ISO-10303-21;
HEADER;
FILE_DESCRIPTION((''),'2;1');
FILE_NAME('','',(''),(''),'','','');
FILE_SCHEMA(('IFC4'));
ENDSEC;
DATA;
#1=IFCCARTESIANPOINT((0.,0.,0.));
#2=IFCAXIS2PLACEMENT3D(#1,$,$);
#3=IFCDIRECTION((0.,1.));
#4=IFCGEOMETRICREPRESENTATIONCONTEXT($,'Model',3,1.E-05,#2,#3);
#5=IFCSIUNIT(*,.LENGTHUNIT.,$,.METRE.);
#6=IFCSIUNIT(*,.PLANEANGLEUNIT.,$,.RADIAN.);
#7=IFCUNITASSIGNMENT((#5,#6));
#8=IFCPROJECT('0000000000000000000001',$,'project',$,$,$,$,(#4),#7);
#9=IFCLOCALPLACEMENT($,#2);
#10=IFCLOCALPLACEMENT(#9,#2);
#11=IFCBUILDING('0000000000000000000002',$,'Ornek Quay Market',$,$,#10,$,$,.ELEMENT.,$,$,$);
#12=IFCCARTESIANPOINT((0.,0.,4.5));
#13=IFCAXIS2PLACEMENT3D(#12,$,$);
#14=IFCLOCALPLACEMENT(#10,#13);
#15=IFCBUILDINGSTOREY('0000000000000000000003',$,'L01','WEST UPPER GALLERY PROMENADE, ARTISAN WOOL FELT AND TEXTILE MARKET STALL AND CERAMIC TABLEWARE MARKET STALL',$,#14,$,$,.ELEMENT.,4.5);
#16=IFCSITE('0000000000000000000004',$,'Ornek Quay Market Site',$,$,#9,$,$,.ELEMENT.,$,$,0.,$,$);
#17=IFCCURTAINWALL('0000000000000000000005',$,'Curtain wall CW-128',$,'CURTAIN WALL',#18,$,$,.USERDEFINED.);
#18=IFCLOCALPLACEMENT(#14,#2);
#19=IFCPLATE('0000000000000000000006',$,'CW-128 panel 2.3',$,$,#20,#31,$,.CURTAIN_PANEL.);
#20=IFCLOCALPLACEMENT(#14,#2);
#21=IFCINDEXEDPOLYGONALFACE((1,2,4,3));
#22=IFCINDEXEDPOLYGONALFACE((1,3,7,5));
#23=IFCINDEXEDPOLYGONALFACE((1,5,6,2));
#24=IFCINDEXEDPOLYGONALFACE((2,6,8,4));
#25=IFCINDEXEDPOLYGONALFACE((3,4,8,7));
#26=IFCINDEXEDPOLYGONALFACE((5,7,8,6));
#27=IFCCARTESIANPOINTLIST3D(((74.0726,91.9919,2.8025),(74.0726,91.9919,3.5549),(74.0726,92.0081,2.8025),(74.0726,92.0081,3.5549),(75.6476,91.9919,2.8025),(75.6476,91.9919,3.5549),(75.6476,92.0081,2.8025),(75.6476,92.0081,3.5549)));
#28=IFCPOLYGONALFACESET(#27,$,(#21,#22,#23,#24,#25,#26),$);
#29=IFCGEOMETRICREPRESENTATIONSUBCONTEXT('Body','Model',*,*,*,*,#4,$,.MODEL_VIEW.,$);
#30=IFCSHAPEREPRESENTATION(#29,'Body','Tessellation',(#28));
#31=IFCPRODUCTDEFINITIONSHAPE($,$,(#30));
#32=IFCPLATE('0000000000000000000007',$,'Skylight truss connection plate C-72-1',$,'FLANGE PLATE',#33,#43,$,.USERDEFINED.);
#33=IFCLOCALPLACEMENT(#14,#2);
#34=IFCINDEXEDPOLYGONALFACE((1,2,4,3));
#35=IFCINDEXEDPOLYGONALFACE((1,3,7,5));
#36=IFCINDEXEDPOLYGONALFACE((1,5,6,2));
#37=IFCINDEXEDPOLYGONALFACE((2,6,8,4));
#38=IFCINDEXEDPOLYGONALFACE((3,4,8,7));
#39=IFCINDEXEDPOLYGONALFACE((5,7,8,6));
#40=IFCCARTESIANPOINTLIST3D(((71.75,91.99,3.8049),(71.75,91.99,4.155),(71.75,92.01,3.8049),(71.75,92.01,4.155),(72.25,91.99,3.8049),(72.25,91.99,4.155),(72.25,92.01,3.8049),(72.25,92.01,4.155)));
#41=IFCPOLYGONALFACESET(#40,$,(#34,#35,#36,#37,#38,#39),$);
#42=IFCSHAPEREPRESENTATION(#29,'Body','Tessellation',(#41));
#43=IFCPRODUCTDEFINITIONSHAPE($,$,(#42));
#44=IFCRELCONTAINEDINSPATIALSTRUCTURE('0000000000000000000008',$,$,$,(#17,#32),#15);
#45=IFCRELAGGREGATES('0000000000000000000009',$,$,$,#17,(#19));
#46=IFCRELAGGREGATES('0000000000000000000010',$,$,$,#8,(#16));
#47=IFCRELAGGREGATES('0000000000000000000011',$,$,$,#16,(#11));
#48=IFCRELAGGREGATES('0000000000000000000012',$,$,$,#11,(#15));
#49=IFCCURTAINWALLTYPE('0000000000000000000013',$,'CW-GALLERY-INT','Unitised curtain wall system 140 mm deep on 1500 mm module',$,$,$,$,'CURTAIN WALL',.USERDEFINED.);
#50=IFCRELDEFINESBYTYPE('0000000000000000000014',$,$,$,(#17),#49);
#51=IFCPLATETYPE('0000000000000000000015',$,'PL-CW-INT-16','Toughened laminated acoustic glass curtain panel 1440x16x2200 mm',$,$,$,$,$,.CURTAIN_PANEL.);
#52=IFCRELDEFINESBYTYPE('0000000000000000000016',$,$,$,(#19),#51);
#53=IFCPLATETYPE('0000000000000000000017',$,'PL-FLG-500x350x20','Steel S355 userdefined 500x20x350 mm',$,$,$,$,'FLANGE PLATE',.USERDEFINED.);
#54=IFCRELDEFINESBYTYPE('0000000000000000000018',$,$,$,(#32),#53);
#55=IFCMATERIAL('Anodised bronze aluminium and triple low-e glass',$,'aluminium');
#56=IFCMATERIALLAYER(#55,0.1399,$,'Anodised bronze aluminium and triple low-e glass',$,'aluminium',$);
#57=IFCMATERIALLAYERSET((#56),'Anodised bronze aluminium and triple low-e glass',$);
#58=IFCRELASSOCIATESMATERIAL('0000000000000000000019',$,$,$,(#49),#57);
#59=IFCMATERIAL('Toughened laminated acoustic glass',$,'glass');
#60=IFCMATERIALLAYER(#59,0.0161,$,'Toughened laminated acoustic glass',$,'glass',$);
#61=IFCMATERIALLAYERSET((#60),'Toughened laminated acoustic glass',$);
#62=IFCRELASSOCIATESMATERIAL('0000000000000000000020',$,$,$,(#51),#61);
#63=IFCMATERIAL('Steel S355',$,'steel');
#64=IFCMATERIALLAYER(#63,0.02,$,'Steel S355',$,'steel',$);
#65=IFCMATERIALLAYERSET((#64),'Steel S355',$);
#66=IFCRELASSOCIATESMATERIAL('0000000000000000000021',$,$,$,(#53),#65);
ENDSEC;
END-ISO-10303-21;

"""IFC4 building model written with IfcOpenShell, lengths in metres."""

from ifc_helpers import new_model, si_unit, direction, frame, origin, origin_2d, place, context, subcontext, project, spatial, rectangle, extrude, material, layer, layer_set, type_object, element, aggregate, save


model = new_model("IFC4")

# Units and contexts
model_context = context("Model", 3, precision=1e-05, world=origin(), true_north=direction((0.0, 1.0)))
body_context = subcontext(model_context, "Body", "Model", "MODEL_VIEW")
ifc_project = project(units=[si_unit("LENGTHUNIT", "METRE"), si_unit("PLANEANGLEUNIT", "RADIAN")], contexts=[model_context])

# Site, building, storey
site_placement = place(None, origin())
site = spatial("IfcSite", under=ifc_project, at=site_placement, Name="Ornek Quay Market Site", CompositionType="ELEMENT", RefElevation=0.0)
building_placement = place(site_placement, origin())
building = spatial("IfcBuilding", under=site, at=building_placement, Name="Ornek Quay Market", CompositionType="ELEMENT")
storey_placement = place(building_placement, frame((0.0, 0.0, 4.5)))
storey = spatial("IfcBuildingStorey", under=building, at=storey_placement, Name="L01", Description="WEST UPPER GALLERY PROMENADE, ARTISAN WOOL FELT AND TEXTILE MARKET STALL AND CERAMIC TABLEWARE MARKET STALL", CompositionType="ELEMENT", Elevation=4.5)

# Curtain wall
ifc_material_1 = material(Name="Anodised bronze aluminium and triple low-e glass", Category="aluminium")
ifc_layer_1 = layer(ifc_material_1, 0.1399, Name="Anodised bronze aluminium and triple low-e glass", Category="aluminium")
ifc_layer_set_1 = layer_set([ifc_layer_1], Name="Anodised bronze aluminium and triple low-e glass")
curtain_wall_type = type_object("IfcCurtainWallType", Name="CW-GALLERY-INT", Description="Unitised curtain wall system 140 mm deep on 1500 mm module", ElementType="CURTAIN WALL", PredefinedType="USERDEFINED", material=ifc_layer_set_1)
curtain_wall_1_placement = place(storey_placement, origin())
curtain_wall_1 = element("IfcCurtainWall", 1, at=curtain_wall_1_placement, inside=storey, type_object=curtain_wall_type, Name="Curtain wall CW-128", ObjectType="CURTAIN WALL", PredefinedType="USERDEFINED")

# Shared definitions
ifc_material_2 = material(Name="Steel S355", Category="steel")

# Plates
ifc_material_3 = material(Name="Toughened laminated acoustic glass", Category="glass")
ifc_layer_2 = layer(ifc_material_3, 0.0161, Name="Toughened laminated acoustic glass", Category="glass")
ifc_layer_set_2 = layer_set([ifc_layer_2], Name="Toughened laminated acoustic glass")
plate_type_1 = type_object("IfcPlateType", Name="PL-CW-INT-16", Description="Toughened laminated acoustic glass curtain panel 1440x16x2200 mm", PredefinedType="CURTAIN_PANEL", material=ifc_layer_set_2)
plate_1_placement = place(storey_placement, frame((74.8601, 92.0, 2.8025), z_axis=(0.0, 0.0, 1.0), x_axis=(1.0, 0.0, 0.0)))
plate_1 = element("IfcPlate", 2, at=plate_1_placement, type_object=plate_type_1, Name="CW-128 panel 2.3", PredefinedType="CURTAIN_PANEL", context=body_context, shape_type="SweptSolid", body=[
    extrude(rectangle(XDim=1.575, YDim=0.0161, at=origin_2d()), origin(), (0.0, 0.0, 1.0), 0.7524),
])
aggregate(curtain_wall_1, [plate_1])
ifc_layer_3 = layer(ifc_material_2, 0.02, Name="Steel S355", Category="steel")
ifc_layer_set_3 = layer_set([ifc_layer_3], Name="Steel S355")
plate_type_2 = type_object("IfcPlateType", Name="PL-FLG-500x350x20", Description="Steel S355 userdefined 500x20x350 mm", ElementType="FLANGE PLATE", PredefinedType="USERDEFINED", material=ifc_layer_set_3)
plate_2_placement = place(storey_placement, frame((72.0, 92.0, 3.8049), z_axis=(0.0, 0.0, 1.0), x_axis=(1.0, 0.0, 0.0)))
element("IfcPlate", 3, at=plate_2_placement, inside=storey, type_object=plate_type_2, Name="Skylight truss connection plate C-72-1", ObjectType="FLANGE PLATE", PredefinedType="USERDEFINED", context=body_context, shape_type="SweptSolid", body=[
    extrude(rectangle(XDim=0.5, YDim=0.02, at=origin_2d()), origin(), (0.0, 0.0, 1.0), 0.3501),
])

save(model, "model.ifc")
